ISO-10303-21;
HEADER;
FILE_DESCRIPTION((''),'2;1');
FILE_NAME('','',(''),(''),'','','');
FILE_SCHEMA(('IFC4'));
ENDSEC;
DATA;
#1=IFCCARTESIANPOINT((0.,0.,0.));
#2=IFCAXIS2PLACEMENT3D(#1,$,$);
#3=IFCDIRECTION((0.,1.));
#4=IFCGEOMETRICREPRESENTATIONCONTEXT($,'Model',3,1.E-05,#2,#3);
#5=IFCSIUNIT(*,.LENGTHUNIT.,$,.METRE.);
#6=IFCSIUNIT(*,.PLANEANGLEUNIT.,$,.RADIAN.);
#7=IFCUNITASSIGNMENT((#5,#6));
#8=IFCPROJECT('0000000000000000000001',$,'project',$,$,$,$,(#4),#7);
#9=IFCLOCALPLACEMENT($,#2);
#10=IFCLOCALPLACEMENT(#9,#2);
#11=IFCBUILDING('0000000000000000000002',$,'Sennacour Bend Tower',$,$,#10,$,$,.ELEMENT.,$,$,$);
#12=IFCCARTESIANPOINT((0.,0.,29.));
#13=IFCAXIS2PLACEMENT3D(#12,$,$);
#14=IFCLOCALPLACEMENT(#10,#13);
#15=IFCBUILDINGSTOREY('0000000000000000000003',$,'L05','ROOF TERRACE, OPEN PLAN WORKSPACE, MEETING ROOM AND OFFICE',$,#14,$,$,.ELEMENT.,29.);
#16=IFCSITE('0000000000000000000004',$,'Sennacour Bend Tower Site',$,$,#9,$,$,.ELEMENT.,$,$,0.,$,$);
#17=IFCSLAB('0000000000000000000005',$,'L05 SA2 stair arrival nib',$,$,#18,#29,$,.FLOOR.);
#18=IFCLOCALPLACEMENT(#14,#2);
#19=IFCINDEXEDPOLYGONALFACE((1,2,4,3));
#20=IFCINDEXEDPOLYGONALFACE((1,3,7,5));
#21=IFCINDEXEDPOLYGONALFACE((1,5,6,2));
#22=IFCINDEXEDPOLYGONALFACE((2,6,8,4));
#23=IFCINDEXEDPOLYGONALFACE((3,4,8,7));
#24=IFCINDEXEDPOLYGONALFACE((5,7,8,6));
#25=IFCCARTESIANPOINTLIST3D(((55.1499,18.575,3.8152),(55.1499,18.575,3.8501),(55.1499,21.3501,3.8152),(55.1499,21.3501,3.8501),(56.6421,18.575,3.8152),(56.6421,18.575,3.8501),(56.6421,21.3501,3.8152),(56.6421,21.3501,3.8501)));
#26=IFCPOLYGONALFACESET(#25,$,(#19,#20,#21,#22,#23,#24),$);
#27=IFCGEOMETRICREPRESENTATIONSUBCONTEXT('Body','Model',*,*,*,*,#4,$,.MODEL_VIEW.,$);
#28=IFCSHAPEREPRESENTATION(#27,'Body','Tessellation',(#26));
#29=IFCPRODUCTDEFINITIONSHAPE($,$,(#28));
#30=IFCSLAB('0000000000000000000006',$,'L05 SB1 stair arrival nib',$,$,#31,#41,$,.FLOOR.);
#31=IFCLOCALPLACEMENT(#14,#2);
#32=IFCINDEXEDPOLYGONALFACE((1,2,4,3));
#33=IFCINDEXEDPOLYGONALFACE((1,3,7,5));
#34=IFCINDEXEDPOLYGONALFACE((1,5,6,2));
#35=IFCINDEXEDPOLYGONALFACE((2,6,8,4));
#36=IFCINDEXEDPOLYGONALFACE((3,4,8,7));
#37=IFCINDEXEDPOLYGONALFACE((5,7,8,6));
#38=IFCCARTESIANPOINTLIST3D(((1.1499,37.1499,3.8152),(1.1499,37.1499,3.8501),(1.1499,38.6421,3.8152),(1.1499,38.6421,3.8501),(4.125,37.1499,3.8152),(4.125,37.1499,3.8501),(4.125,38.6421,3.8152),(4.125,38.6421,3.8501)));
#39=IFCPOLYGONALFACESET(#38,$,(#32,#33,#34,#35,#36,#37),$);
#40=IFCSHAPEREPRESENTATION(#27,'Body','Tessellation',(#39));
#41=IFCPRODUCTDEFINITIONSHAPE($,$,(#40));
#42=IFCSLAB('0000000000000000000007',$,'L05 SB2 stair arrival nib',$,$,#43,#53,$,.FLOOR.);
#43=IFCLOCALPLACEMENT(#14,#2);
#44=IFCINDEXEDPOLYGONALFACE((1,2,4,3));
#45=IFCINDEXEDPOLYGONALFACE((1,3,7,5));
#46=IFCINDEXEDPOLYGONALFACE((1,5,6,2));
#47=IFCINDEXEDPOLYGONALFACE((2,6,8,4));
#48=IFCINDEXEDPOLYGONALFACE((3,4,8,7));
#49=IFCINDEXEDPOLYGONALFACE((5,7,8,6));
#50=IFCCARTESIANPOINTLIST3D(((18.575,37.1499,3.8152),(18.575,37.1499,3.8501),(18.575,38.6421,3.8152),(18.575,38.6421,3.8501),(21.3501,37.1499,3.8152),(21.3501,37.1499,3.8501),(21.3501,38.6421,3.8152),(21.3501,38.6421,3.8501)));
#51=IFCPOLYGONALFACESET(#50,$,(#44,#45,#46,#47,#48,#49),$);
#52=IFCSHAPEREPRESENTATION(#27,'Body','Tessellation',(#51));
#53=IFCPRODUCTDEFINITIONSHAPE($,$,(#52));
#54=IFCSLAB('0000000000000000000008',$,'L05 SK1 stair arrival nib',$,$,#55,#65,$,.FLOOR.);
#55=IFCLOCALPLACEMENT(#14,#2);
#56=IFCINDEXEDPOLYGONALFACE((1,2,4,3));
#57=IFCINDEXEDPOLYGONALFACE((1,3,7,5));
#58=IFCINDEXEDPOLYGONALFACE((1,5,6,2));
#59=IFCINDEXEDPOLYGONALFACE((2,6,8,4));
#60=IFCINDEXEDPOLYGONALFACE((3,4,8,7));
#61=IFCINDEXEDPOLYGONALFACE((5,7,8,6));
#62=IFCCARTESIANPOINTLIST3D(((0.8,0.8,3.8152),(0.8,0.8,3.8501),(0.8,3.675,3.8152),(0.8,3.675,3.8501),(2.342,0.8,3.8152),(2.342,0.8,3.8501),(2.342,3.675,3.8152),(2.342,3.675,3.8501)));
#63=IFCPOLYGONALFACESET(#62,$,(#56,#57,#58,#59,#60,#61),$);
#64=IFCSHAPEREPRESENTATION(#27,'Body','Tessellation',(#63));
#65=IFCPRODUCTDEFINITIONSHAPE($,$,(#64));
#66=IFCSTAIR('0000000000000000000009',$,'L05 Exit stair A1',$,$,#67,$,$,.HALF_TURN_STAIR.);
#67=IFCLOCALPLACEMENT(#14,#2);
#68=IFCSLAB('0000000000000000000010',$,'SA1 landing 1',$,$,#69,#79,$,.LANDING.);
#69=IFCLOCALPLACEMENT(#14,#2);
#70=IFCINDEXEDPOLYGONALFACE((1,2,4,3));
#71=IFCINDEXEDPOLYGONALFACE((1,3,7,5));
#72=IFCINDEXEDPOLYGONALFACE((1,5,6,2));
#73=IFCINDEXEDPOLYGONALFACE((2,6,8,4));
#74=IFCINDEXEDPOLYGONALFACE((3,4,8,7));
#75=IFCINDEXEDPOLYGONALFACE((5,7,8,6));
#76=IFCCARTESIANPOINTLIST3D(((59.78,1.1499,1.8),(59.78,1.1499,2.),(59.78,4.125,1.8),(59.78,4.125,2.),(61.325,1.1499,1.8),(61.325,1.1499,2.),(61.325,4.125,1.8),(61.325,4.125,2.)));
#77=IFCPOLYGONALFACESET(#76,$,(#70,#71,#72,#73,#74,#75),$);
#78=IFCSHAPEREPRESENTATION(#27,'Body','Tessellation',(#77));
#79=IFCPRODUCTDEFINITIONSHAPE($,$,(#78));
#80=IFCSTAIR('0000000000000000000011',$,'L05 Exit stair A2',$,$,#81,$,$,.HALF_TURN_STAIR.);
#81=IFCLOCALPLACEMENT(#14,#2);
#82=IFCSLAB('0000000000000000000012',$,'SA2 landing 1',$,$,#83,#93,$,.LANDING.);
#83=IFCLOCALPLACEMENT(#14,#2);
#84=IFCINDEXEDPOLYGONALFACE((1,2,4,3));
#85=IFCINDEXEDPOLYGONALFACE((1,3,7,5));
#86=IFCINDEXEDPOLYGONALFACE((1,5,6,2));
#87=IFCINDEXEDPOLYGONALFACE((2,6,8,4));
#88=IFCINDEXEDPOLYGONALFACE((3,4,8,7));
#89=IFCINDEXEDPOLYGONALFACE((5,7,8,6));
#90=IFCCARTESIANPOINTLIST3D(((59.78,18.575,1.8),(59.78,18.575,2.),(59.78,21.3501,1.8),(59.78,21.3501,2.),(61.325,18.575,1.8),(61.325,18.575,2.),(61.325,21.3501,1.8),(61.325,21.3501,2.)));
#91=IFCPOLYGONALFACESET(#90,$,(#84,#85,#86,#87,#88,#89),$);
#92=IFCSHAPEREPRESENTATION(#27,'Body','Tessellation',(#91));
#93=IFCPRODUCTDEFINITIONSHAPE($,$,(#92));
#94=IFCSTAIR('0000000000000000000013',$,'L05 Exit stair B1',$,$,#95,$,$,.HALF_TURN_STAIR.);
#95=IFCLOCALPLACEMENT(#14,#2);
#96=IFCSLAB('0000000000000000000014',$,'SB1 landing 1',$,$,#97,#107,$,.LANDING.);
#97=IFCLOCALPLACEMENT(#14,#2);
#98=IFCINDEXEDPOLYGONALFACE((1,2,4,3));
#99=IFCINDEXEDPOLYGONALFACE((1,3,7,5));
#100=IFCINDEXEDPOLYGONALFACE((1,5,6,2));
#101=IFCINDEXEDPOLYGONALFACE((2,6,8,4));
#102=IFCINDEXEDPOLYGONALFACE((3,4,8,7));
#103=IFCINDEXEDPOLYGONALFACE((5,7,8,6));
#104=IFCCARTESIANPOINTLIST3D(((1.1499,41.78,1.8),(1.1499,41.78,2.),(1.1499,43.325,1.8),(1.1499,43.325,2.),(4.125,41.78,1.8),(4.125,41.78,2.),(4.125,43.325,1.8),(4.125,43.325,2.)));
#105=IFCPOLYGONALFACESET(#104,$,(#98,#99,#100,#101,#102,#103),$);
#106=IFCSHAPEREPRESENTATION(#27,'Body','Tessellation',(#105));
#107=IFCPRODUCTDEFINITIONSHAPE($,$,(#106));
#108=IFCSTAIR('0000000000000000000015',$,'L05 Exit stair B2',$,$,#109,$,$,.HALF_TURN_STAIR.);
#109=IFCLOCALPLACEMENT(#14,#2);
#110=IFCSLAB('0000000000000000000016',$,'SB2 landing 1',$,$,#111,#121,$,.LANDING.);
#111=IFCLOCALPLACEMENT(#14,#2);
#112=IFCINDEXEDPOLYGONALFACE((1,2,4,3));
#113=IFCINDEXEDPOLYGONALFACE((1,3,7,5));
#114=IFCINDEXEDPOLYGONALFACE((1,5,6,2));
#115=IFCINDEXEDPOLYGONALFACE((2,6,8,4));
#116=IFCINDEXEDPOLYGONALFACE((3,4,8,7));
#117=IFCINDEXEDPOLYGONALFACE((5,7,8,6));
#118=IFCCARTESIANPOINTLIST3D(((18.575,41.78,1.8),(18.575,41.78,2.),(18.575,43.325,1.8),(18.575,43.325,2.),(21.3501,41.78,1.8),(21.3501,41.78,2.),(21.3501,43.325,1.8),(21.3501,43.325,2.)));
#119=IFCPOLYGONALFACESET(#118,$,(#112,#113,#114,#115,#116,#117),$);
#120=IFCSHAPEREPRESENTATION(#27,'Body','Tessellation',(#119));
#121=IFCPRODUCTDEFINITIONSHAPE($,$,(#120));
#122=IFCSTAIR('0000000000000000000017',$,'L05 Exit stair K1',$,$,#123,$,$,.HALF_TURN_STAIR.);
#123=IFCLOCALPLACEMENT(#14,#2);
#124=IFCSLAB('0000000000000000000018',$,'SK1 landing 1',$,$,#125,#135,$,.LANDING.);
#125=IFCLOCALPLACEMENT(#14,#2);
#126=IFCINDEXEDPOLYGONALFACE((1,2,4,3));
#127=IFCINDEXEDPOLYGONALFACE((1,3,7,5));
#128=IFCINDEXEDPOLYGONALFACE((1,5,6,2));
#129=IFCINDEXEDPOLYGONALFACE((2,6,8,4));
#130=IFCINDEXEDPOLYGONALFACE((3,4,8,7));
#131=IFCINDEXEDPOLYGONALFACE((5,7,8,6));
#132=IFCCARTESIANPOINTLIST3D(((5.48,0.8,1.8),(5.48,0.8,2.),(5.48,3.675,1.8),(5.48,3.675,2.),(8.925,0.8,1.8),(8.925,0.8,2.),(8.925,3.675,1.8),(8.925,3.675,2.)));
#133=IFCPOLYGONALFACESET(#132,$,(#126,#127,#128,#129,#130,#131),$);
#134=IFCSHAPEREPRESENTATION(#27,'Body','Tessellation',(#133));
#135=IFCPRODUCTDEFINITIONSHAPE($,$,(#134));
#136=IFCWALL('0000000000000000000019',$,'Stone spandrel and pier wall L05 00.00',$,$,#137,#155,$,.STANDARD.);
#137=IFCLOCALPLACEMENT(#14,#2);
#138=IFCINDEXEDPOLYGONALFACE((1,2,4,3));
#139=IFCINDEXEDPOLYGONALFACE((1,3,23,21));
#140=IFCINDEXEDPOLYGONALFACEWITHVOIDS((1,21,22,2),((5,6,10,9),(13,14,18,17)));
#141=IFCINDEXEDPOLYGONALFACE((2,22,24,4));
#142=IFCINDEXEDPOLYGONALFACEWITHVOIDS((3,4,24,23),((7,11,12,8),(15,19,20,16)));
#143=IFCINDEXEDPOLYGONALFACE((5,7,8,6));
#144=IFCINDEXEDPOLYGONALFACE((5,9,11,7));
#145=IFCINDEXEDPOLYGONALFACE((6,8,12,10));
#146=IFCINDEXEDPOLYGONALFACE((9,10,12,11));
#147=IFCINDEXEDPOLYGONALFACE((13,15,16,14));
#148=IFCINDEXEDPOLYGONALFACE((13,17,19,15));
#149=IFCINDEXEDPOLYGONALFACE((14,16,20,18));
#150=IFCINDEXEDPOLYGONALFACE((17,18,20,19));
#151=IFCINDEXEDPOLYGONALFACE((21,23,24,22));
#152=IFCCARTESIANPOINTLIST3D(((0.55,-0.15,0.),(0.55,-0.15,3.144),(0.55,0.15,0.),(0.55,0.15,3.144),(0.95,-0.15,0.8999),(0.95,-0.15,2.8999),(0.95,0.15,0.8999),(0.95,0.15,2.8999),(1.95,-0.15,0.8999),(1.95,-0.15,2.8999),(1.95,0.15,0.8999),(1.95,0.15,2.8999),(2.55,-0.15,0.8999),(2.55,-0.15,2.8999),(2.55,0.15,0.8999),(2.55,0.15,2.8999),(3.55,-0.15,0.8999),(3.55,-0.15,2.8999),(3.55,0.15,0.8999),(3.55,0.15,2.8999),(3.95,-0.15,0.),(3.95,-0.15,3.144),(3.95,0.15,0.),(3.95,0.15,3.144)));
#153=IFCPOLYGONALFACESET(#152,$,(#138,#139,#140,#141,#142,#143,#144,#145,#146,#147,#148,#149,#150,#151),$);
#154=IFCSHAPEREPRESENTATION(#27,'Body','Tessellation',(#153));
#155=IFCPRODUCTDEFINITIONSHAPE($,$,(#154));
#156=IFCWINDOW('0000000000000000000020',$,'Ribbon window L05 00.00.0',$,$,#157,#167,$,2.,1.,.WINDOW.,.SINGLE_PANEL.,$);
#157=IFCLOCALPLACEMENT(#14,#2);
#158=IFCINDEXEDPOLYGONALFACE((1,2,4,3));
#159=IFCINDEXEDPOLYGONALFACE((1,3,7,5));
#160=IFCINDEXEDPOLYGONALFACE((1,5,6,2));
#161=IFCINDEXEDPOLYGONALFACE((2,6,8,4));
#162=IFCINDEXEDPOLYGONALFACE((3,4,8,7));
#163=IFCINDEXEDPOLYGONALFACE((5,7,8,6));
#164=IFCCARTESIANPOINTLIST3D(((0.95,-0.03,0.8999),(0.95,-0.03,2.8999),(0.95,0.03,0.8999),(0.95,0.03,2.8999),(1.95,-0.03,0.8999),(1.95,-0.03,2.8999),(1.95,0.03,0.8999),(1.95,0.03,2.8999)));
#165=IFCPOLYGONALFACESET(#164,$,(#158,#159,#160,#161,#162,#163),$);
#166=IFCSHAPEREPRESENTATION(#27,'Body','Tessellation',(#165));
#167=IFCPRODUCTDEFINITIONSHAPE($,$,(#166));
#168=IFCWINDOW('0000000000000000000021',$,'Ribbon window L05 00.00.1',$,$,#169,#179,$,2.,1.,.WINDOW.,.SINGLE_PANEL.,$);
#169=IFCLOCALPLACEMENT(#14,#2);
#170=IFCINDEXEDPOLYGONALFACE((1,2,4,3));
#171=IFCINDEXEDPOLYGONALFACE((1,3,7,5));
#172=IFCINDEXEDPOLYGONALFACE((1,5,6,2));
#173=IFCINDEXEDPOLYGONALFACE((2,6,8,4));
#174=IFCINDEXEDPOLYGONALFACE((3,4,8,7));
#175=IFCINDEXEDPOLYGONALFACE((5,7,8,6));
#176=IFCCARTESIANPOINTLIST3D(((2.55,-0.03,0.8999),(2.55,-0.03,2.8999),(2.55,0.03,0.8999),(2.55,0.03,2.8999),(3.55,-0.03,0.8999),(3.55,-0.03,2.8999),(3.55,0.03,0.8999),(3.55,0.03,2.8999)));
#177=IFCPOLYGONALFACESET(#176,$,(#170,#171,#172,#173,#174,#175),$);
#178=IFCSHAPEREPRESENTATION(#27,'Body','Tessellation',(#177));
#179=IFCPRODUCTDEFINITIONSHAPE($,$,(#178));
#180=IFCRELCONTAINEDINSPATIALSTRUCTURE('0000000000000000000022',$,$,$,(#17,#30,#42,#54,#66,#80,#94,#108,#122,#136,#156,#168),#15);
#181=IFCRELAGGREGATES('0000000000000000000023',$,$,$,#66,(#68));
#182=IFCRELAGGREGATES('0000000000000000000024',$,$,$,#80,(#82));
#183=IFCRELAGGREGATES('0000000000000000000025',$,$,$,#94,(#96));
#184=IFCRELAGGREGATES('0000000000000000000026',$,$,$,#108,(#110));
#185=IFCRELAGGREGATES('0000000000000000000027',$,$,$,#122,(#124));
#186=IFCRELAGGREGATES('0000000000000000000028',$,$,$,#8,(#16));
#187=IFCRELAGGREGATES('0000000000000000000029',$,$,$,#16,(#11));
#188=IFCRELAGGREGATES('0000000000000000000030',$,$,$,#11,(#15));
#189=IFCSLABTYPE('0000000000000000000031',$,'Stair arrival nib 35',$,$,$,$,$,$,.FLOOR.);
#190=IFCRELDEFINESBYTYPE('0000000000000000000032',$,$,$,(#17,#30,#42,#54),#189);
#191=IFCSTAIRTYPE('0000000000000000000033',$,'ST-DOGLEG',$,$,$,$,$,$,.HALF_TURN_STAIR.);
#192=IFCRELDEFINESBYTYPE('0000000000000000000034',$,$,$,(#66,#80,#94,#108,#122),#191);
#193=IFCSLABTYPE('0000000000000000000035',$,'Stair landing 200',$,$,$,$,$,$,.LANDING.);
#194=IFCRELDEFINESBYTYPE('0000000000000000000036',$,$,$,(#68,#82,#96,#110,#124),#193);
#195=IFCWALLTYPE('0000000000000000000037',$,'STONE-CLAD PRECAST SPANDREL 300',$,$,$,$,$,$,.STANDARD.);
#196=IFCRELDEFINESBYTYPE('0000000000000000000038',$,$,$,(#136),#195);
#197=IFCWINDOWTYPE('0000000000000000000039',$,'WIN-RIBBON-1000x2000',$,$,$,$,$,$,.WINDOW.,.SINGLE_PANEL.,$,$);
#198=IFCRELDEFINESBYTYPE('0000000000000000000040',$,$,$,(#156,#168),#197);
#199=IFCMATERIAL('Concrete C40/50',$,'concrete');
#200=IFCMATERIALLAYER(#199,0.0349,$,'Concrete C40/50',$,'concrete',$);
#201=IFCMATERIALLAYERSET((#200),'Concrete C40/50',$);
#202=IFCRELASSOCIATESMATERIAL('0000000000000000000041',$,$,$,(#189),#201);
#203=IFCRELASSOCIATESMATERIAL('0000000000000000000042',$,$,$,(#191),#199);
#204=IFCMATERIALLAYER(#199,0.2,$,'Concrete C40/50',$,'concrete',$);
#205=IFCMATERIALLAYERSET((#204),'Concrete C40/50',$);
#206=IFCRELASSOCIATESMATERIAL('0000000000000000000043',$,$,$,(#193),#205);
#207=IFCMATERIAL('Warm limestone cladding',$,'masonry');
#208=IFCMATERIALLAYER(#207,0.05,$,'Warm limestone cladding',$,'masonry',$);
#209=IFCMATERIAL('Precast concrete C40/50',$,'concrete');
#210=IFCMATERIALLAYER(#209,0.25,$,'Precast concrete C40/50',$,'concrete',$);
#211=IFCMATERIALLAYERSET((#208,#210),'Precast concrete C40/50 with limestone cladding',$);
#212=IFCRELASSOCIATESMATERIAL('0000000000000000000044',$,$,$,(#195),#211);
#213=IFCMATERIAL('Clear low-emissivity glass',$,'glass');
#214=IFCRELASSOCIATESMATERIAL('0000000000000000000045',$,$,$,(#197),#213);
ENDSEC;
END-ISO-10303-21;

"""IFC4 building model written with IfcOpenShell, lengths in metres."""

from ifc_helpers import new_model, si_unit, direction, frame, frame_2d, origin, place, context, subcontext, project, spatial, polyline, rectangle, outline, extrude, material, layer, layer_set, type_object, element, fill, aggregate, save


model = new_model("IFC4")

# Units and contexts
model_context = context("Model", 3, precision=1e-05, world=origin(), true_north=direction((0.0, 1.0)))
body_context = subcontext(model_context, "Body", "Model", "MODEL_VIEW")
ifc_project = project(units=[si_unit("LENGTHUNIT", "METRE"), si_unit("PLANEANGLEUNIT", "RADIAN")], contexts=[model_context])

# Site, building, storey
site_placement = place(None, origin())
site = spatial("IfcSite", under=ifc_project, at=site_placement, Name="Sennacour Bend Tower Site", CompositionType="ELEMENT", RefElevation=0.0)
building_placement = place(site_placement, origin())
building = spatial("IfcBuilding", under=site, at=building_placement, Name="Sennacour Bend Tower", CompositionType="ELEMENT")
storey_placement = place(building_placement, frame((0.0, 0.0, 29.0)))
storey = spatial("IfcBuildingStorey", under=building, at=storey_placement, Name="L05", Description="ROOF TERRACE, OPEN PLAN WORKSPACE, MEETING ROOM AND OFFICE", CompositionType="ELEMENT", Elevation=29.0)

# Slabs
ifc_material_1 = material(Name="Concrete C40/50", Category="concrete")
ifc_layer_1 = layer(ifc_material_1, 0.0349, Name="Concrete C40/50", Category="concrete")
ifc_layer_set_1 = layer_set([ifc_layer_1], Name="Concrete C40/50")
slab_type_1 = type_object("IfcSlabType", Name="Stair arrival nib 35", PredefinedType="FLOOR", material=ifc_layer_set_1)
slab_1_placement = place(storey_placement, frame((0.0, 0.0, 3.8152)))
element("IfcSlab", 1, at=slab_1_placement, inside=storey, type_object=slab_type_1, Name="L05 SA2 stair arrival nib", PredefinedType="FLOOR", context=body_context, shape_type="SweptSolid", body=[
    extrude(outline(polyline([(56.6421, 21.3501), (55.1499, 21.3501), (55.1499, 18.575), (56.6421, 18.575), (56.6421, 21.3501)])), origin(), (0.0, 0.0, 1.0), 0.0349),
])
slab_2_placement = place(storey_placement, frame((0.0, 0.0, 3.8152)))
element("IfcSlab", 2, at=slab_2_placement, inside=storey, type_object=slab_type_1, Name="L05 SB1 stair arrival nib", PredefinedType="FLOOR", context=body_context, shape_type="SweptSolid", body=[
    extrude(outline(polyline([(1.1499, 38.6421), (1.1499, 37.1499), (4.125, 37.1499), (4.125, 38.6421), (1.1499, 38.6421)])), origin(), (0.0, 0.0, 1.0), 0.0349),
])
slab_3_placement = place(storey_placement, frame((0.0, 0.0, 3.8152)))
element("IfcSlab", 3, at=slab_3_placement, inside=storey, type_object=slab_type_1, Name="L05 SB2 stair arrival nib", PredefinedType="FLOOR", context=body_context, shape_type="SweptSolid", body=[
    extrude(outline(polyline([(18.575, 38.6421), (18.575, 37.1499), (21.3501, 37.1499), (21.3501, 38.6421), (18.575, 38.6421)])), origin(), (0.0, 0.0, 1.0), 0.0349),
])
slab_4_placement = place(storey_placement, frame((0.0, 0.0, 3.8152)))
element("IfcSlab", 4, at=slab_4_placement, inside=storey, type_object=slab_type_1, Name="L05 SK1 stair arrival nib", PredefinedType="FLOOR", context=body_context, shape_type="SweptSolid", body=[
    extrude(outline(polyline([(2.342, 3.675), (0.8, 3.675), (0.8, 0.8), (2.342, 0.8), (2.342, 3.675)])), origin(), (0.0, 0.0, 1.0), 0.0349),
])

# Stairs, slabs
stair_type = type_object("IfcStairType", Name="ST-DOGLEG", PredefinedType="HALF_TURN_STAIR", material=ifc_material_1)
stair_1_placement = place(storey_placement, origin())
stair_1 = element("IfcStair", 5, at=stair_1_placement, inside=storey, type_object=stair_type, Name="L05 Exit stair A1", PredefinedType="HALF_TURN_STAIR")
ifc_layer_2 = layer(ifc_material_1, 0.2, Name="Concrete C40/50", Category="concrete")
ifc_layer_set_2 = layer_set([ifc_layer_2], Name="Concrete C40/50")
slab_type_2 = type_object("IfcSlabType", Name="Stair landing 200", PredefinedType="LANDING", material=ifc_layer_set_2)
slab_5_placement = place(storey_placement, frame((0.0, 0.0, 1.8)))
slab_5 = element("IfcSlab", 6, at=slab_5_placement, type_object=slab_type_2, Name="SA1 landing 1", PredefinedType="LANDING", context=body_context, shape_type="SweptSolid", body=[
    extrude(outline(polyline([(59.78, 1.1499), (61.325, 1.1499), (61.325, 4.125), (59.78, 4.125), (59.78, 1.1499)])), origin(), (0.0, 0.0, 1.0), 0.2),
])
aggregate(stair_1, [slab_5])
stair_2_placement = place(storey_placement, origin())
stair_2 = element("IfcStair", 7, at=stair_2_placement, inside=storey, type_object=stair_type, Name="L05 Exit stair A2", PredefinedType="HALF_TURN_STAIR")
slab_6_placement = place(storey_placement, frame((0.0, 0.0, 1.8)))
slab_6 = element("IfcSlab", 8, at=slab_6_placement, type_object=slab_type_2, Name="SA2 landing 1", PredefinedType="LANDING", context=body_context, shape_type="SweptSolid", body=[
    extrude(outline(polyline([(59.78, 18.575), (61.325, 18.575), (61.325, 21.3501), (59.78, 21.3501), (59.78, 18.575)])), origin(), (0.0, 0.0, 1.0), 0.2),
])
aggregate(stair_2, [slab_6])
stair_3_placement = place(storey_placement, origin())
stair_3 = element("IfcStair", 9, at=stair_3_placement, inside=storey, type_object=stair_type, Name="L05 Exit stair B1", PredefinedType="HALF_TURN_STAIR")
slab_7_placement = place(storey_placement, frame((0.0, 0.0, 1.8)))
slab_7 = element("IfcSlab", 10, at=slab_7_placement, type_object=slab_type_2, Name="SB1 landing 1", PredefinedType="LANDING", context=body_context, shape_type="SweptSolid", body=[
    extrude(outline(polyline([(1.1499, 41.78), (4.125, 41.78), (4.125, 43.325), (1.1499, 43.325), (1.1499, 41.78)])), origin(), (0.0, 0.0, 1.0), 0.2),
])
aggregate(stair_3, [slab_7])
stair_4_placement = place(storey_placement, origin())
stair_4 = element("IfcStair", 11, at=stair_4_placement, inside=storey, type_object=stair_type, Name="L05 Exit stair B2", PredefinedType="HALF_TURN_STAIR")
slab_8_placement = place(storey_placement, frame((0.0, 0.0, 1.8)))
slab_8 = element("IfcSlab", 12, at=slab_8_placement, type_object=slab_type_2, Name="SB2 landing 1", PredefinedType="LANDING", context=body_context, shape_type="SweptSolid", body=[
    extrude(outline(polyline([(18.575, 41.78), (21.3501, 41.78), (21.3501, 43.325), (18.575, 43.325), (18.575, 41.78)])), origin(), (0.0, 0.0, 1.0), 0.2),
])
aggregate(stair_4, [slab_8])
stair_5_placement = place(storey_placement, origin())
stair_5 = element("IfcStair", 13, at=stair_5_placement, inside=storey, type_object=stair_type, Name="L05 Exit stair K1", PredefinedType="HALF_TURN_STAIR")
slab_9_placement = place(storey_placement, frame((0.0, 0.0, 1.8)))
slab_9 = element("IfcSlab", 14, at=slab_9_placement, type_object=slab_type_2, Name="SK1 landing 1", PredefinedType="LANDING", context=body_context, shape_type="SweptSolid", body=[
    extrude(outline(polyline([(5.48, 0.8), (8.925, 0.8), (8.925, 3.675), (5.48, 3.675), (5.48, 0.8)])), origin(), (0.0, 0.0, 1.0), 0.2),
])
aggregate(stair_5, [slab_9])

# Wall, openings, windows
ifc_material_2 = material(Name="Warm limestone cladding", Category="masonry")
ifc_layer_3 = layer(ifc_material_2, 0.05, Name="Warm limestone cladding", Category="masonry")
ifc_material_3 = material(Name="Precast concrete C40/50", Category="concrete")
ifc_layer_4 = layer(ifc_material_3, 0.25, Name="Precast concrete C40/50", Category="concrete")
ifc_layer_set_3 = layer_set([ifc_layer_3, ifc_layer_4], Name="Precast concrete C40/50 with limestone cladding")
wall_type = type_object("IfcWallType", Name="STONE-CLAD PRECAST SPANDREL 300", PredefinedType="STANDARD", material=ifc_layer_set_3)
wall_placement = place(storey_placement, frame((0.55, 0.0, 0.0), z_axis=(0.0, 0.0, 1.0), x_axis=(1.0, 0.0, 0.0)))
wall = element("IfcWall", 15, at=wall_placement, inside=storey, type_object=wall_type, Name="Stone spandrel and pier wall L05 00.00", PredefinedType="STANDARD", context=body_context, shape_type="SweptSolid", body=[
    extrude(rectangle(XDim=3.3999, YDim=0.3, at=frame_2d((1.7, 0.0))), origin(), (0.0, 0.0, 1.0), 3.144),
])
opening_1_placement = place(wall_placement, frame((0.3999, 0.0, 0.8999)))
opening_1 = element("IfcOpeningElement", 16, at=opening_1_placement, cuts=wall, PredefinedType="OPENING", context=body_context, shape_type="SweptSolid", body=[
    extrude(rectangle(XDim=1.0, YDim=2.0, at=frame_2d((0.5, 1.0))), frame((0.0, 0.1602, 0.0), z_axis=(0.0, -1.0, 0.0), x_axis=(1.0, 0.0, 0.0)), (0.0, 0.0, 1.0), 0.3201),
])
opening_2_placement = place(wall_placement, frame((2.0, 0.0, 0.8999)))
opening_2 = element("IfcOpeningElement", 17, at=opening_2_placement, cuts=wall, PredefinedType="OPENING", context=body_context, shape_type="SweptSolid", body=[
    extrude(rectangle(XDim=1.0, YDim=2.0, at=frame_2d((0.5, 1.0))), frame((0.0, 0.1602, 0.0), z_axis=(0.0, -1.0, 0.0), x_axis=(1.0, 0.0, 0.0)), (0.0, 0.0, 1.0), 0.3201),
])
ifc_material_4 = material(Name="Clear low-emissivity glass", Category="glass")
window_type = type_object("IfcWindowType", Name="WIN-RIBBON-1000x2000", PartitioningType="SINGLE_PANEL", PredefinedType="WINDOW", material=ifc_material_4)
window_1_placement = place(opening_1_placement, origin())
window_1 = element("IfcWindow", 18, at=window_1_placement, inside=storey, type_object=window_type, Name="Ribbon window L05 00.00.0", OverallHeight=2.0, OverallWidth=1.0, PartitioningType="SINGLE_PANEL", PredefinedType="WINDOW", context=body_context, shape_type="SweptSolid", body=[
    extrude(rectangle(XDim=1.0, YDim=2.0, at=frame_2d((0.5, 1.0))), frame((0.0, 0.03, 0.0), z_axis=(0.0, -1.0, 0.0), x_axis=(1.0, 0.0, 0.0)), (0.0, 0.0, 1.0), 0.0601),
])
fill(opening_1, window_1)
window_2_placement = place(opening_2_placement, origin())
window_2 = element("IfcWindow", 19, at=window_2_placement, inside=storey, type_object=window_type, Name="Ribbon window L05 00.00.1", OverallHeight=2.0, OverallWidth=1.0, PartitioningType="SINGLE_PANEL", PredefinedType="WINDOW", context=body_context, shape_type="SweptSolid", body=[
    extrude(rectangle(XDim=1.0, YDim=2.0, at=frame_2d((0.5, 1.0))), frame((0.0, 0.03, 0.0), z_axis=(0.0, -1.0, 0.0), x_axis=(1.0, 0.0, 0.0)), (0.0, 0.0, 1.0), 0.0601),
])
fill(opening_2, window_2)

save(model, "model.ifc")
